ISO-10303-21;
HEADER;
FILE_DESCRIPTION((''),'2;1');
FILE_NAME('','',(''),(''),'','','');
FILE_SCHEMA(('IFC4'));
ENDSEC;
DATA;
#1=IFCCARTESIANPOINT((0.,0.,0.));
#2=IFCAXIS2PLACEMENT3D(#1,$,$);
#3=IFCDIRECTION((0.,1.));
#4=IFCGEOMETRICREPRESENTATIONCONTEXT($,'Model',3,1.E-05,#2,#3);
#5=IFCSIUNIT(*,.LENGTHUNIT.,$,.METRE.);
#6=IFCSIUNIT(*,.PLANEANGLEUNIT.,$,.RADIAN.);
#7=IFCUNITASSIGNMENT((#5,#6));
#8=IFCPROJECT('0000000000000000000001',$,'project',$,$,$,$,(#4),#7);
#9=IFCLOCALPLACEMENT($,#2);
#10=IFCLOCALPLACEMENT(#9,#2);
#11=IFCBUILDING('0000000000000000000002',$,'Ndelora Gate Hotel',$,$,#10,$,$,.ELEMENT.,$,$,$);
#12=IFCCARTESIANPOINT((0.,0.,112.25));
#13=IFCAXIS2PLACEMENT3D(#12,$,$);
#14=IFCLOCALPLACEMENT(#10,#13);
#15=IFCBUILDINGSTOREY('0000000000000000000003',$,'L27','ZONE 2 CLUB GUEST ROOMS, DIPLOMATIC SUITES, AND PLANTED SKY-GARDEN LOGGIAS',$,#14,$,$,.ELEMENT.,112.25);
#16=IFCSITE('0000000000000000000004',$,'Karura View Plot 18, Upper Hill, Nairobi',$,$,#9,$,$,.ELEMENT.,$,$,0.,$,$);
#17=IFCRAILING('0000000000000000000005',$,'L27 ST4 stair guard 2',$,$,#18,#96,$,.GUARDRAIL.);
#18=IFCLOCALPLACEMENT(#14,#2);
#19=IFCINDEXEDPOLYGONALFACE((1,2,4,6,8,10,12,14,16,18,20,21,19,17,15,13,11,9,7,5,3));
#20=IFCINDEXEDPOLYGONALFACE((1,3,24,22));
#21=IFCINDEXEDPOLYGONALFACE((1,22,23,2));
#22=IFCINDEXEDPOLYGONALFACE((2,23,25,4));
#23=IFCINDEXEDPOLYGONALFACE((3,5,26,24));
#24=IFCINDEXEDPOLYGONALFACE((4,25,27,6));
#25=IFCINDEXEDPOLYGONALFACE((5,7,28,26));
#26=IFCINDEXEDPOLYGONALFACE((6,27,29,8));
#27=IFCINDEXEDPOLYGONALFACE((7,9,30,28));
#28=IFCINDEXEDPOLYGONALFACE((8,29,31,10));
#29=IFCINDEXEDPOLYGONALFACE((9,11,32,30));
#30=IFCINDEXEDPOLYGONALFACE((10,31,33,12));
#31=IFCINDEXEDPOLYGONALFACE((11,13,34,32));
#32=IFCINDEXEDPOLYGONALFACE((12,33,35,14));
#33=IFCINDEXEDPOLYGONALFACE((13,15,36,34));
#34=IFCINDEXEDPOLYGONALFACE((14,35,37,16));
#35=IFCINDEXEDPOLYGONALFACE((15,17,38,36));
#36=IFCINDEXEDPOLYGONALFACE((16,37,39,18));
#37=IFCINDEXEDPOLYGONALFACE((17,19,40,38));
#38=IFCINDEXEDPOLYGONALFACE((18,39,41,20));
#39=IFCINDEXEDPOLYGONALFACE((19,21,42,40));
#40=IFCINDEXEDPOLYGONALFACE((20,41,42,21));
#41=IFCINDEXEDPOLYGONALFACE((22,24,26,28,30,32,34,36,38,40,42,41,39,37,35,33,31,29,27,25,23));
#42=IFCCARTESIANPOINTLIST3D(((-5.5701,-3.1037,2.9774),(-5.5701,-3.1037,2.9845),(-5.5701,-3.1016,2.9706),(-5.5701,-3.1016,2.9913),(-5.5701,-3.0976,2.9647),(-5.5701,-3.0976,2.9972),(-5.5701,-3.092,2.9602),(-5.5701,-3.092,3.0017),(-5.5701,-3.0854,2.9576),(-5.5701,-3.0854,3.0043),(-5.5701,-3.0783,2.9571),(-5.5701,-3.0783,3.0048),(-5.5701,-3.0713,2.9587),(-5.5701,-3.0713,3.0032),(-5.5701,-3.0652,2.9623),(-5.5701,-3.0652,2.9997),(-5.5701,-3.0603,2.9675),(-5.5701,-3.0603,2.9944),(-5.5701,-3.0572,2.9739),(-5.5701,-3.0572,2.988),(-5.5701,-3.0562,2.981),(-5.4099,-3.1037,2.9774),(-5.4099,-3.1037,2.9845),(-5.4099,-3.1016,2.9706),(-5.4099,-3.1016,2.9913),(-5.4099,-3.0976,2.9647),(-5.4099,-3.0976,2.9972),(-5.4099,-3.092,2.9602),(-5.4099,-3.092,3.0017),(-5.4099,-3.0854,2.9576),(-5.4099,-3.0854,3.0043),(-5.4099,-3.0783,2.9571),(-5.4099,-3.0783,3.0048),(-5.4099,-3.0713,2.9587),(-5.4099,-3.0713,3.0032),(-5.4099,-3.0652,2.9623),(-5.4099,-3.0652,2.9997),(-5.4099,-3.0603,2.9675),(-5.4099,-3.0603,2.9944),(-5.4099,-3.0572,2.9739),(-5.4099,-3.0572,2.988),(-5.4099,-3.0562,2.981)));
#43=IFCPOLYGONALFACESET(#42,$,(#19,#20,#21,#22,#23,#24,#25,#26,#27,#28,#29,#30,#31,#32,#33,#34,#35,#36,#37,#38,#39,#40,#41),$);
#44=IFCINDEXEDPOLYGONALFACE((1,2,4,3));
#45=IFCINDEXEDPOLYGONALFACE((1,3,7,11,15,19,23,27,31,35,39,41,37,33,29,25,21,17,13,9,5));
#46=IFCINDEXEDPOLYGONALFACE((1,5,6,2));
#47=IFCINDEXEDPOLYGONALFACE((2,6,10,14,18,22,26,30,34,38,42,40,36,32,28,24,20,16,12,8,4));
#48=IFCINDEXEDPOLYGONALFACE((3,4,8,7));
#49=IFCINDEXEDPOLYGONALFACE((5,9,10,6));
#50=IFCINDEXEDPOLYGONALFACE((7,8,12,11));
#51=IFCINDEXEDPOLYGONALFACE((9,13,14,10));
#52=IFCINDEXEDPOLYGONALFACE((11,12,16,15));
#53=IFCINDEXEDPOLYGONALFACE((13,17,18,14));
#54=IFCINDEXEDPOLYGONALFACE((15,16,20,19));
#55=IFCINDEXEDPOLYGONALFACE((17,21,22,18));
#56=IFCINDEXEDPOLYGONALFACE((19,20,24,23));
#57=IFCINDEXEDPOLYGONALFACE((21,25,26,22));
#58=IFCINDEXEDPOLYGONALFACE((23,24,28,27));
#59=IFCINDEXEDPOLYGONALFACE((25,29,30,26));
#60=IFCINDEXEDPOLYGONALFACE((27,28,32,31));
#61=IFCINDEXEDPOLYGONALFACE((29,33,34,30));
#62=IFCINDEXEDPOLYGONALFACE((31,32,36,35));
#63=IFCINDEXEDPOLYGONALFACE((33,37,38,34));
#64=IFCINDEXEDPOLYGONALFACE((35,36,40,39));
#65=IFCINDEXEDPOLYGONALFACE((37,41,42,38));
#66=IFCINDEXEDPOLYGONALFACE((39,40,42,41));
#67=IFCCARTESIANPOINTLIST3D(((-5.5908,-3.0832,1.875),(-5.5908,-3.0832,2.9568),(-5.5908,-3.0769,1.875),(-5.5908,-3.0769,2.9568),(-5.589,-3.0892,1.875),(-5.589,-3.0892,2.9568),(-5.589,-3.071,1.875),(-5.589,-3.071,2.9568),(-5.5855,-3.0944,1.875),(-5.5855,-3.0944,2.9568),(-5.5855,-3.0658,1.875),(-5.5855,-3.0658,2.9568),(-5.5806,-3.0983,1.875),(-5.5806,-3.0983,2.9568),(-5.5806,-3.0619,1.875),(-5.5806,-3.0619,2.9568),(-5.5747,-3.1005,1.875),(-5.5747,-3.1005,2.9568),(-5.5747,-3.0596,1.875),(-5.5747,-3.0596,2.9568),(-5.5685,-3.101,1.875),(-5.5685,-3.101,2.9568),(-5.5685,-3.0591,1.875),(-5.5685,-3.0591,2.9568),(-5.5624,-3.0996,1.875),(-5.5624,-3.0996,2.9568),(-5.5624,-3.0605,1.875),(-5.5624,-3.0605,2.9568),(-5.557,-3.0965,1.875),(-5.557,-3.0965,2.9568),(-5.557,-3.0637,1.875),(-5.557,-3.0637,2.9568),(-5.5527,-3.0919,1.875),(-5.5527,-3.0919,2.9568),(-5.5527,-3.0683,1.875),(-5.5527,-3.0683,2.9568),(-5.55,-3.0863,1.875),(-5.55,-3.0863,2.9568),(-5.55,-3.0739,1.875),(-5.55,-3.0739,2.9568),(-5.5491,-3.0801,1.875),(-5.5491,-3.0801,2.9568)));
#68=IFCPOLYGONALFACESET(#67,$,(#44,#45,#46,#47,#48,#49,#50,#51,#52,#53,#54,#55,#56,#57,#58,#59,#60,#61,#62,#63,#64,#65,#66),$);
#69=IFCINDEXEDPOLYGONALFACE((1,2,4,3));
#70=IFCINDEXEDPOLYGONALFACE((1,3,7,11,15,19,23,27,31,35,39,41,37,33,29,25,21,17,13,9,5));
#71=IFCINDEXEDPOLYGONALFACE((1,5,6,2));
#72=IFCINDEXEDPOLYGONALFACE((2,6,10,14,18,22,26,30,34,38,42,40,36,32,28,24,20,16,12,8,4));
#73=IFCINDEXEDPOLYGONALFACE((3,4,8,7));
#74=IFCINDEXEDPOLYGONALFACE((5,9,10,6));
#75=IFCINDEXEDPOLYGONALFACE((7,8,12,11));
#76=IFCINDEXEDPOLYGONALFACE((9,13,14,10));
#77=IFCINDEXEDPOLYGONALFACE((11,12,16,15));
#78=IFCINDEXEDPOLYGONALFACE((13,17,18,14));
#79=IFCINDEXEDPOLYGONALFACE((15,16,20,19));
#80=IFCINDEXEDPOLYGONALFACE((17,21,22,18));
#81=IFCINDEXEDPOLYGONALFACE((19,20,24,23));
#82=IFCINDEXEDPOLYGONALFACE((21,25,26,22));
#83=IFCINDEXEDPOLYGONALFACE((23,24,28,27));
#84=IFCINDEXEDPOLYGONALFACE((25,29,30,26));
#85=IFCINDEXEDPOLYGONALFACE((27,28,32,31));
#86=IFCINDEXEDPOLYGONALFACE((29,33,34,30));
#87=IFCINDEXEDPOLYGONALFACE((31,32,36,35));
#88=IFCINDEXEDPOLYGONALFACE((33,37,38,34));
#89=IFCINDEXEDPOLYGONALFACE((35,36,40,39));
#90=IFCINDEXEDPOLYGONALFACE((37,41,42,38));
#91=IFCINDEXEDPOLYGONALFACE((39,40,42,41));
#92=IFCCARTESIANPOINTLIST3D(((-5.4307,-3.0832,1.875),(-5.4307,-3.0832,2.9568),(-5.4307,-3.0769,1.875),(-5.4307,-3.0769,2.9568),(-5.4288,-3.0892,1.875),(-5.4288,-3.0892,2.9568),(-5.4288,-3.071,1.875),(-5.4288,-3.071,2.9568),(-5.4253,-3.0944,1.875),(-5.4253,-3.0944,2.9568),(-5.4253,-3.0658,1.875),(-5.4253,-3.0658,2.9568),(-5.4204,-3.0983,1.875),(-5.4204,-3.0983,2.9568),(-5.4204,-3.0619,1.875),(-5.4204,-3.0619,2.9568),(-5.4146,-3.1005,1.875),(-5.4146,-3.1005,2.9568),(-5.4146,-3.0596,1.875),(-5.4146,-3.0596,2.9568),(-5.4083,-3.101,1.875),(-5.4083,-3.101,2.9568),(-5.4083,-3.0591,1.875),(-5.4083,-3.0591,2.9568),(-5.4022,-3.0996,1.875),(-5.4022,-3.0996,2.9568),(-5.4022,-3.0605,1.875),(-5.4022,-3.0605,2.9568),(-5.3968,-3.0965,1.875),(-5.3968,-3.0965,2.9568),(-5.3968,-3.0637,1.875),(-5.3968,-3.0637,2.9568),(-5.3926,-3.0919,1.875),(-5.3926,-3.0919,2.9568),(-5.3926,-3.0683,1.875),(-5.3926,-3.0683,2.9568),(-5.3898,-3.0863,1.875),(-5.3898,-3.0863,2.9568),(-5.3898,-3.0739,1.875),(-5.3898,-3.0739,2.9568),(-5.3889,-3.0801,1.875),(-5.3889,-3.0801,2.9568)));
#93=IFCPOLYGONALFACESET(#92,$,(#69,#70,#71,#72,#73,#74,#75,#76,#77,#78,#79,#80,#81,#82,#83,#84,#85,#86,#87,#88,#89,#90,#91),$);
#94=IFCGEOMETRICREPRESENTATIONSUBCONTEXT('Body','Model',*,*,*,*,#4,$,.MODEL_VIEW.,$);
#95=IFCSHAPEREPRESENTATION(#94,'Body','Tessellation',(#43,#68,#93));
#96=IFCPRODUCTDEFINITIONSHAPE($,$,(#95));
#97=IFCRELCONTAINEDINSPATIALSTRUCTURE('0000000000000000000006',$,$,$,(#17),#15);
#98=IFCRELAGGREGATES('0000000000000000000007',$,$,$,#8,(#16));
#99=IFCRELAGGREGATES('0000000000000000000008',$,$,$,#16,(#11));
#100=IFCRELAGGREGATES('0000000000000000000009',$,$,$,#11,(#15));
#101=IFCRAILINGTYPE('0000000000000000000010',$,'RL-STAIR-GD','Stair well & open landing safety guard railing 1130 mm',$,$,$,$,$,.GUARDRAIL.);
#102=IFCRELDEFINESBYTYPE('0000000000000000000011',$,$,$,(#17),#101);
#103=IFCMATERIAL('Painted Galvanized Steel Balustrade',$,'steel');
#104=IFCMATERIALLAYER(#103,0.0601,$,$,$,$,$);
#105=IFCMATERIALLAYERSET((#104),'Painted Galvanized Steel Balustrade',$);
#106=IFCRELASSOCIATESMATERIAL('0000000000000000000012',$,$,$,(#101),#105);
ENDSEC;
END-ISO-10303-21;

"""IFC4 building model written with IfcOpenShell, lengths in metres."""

from ifc_helpers import new_model, si_unit, direction, frame, origin, origin_2d, place, context, subcontext, project, spatial, circle, extrude, material, layer, layer_set, type_object, element, save


model = new_model("IFC4")

# Units and contexts
model_context = context("Model", 3, precision=1e-05, world=origin(), true_north=direction((0.0, 1.0)))
body_context = subcontext(model_context, "Body", "Model", "MODEL_VIEW")
ifc_project = project(units=[si_unit("LENGTHUNIT", "METRE"), si_unit("PLANEANGLEUNIT", "RADIAN")], contexts=[model_context])

# Site, building, storey
site_placement = place(None, origin())
site = spatial("IfcSite", under=ifc_project, at=site_placement, Name="Karura View Plot 18, Upper Hill, Nairobi", CompositionType="ELEMENT", RefElevation=0.0)
building_placement = place(site_placement, origin())
building = spatial("IfcBuilding", under=site, at=building_placement, Name="Ndelora Gate Hotel", CompositionType="ELEMENT")
storey_placement = place(building_placement, frame((0.0, 0.0, 112.25)))
storey = spatial("IfcBuildingStorey", under=building, at=storey_placement, Name="L27", Description="ZONE 2 CLUB GUEST ROOMS, DIPLOMATIC SUITES, AND PLANTED SKY-GARDEN LOGGIAS", CompositionType="ELEMENT", Elevation=112.25)

# Railing
ifc_material_1 = material(Name="Painted Galvanized Steel Balustrade", Category="steel")
ifc_layer_1 = layer(ifc_material_1, 0.0601)
ifc_layer_set_1 = layer_set([ifc_layer_1], Name="Painted Galvanized Steel Balustrade")
railing_type_1 = type_object("IfcRailingType", Name="RL-STAIR-GD", Description="Stair well & open landing safety guard railing 1130 mm", PredefinedType="GUARDRAIL", material=ifc_layer_set_1)
railing_1_placement = place(storey_placement, frame((-5.5701, -3.0801, 1.875)))
element("IfcRailing", 1, at=railing_1_placement, inside=storey, type_object=railing_type_1, Name="L27 ST4 stair guard 2", PredefinedType="GUARDRAIL", context=body_context, shape_type="SweptSolid", body=[
    extrude(circle(Radius=0.0239, at=origin_2d()), frame((0.0, 0.0, 1.106), z_axis=(1.0, 0.0, 0.0), x_axis=(0.0, 1.0, 0.0)), (0.0, 0.0, 1.0), 0.1602),
    extrude(circle(Radius=0.021, at=origin_2d()), origin(), (0.0, 0.0, 1.0), 1.0818),
    extrude(circle(Radius=0.021, at=origin_2d()), frame((0.1602, 0.0, 0.0)), (0.0, 0.0, 1.0), 1.0818),
])

save(model, "model.ifc")
